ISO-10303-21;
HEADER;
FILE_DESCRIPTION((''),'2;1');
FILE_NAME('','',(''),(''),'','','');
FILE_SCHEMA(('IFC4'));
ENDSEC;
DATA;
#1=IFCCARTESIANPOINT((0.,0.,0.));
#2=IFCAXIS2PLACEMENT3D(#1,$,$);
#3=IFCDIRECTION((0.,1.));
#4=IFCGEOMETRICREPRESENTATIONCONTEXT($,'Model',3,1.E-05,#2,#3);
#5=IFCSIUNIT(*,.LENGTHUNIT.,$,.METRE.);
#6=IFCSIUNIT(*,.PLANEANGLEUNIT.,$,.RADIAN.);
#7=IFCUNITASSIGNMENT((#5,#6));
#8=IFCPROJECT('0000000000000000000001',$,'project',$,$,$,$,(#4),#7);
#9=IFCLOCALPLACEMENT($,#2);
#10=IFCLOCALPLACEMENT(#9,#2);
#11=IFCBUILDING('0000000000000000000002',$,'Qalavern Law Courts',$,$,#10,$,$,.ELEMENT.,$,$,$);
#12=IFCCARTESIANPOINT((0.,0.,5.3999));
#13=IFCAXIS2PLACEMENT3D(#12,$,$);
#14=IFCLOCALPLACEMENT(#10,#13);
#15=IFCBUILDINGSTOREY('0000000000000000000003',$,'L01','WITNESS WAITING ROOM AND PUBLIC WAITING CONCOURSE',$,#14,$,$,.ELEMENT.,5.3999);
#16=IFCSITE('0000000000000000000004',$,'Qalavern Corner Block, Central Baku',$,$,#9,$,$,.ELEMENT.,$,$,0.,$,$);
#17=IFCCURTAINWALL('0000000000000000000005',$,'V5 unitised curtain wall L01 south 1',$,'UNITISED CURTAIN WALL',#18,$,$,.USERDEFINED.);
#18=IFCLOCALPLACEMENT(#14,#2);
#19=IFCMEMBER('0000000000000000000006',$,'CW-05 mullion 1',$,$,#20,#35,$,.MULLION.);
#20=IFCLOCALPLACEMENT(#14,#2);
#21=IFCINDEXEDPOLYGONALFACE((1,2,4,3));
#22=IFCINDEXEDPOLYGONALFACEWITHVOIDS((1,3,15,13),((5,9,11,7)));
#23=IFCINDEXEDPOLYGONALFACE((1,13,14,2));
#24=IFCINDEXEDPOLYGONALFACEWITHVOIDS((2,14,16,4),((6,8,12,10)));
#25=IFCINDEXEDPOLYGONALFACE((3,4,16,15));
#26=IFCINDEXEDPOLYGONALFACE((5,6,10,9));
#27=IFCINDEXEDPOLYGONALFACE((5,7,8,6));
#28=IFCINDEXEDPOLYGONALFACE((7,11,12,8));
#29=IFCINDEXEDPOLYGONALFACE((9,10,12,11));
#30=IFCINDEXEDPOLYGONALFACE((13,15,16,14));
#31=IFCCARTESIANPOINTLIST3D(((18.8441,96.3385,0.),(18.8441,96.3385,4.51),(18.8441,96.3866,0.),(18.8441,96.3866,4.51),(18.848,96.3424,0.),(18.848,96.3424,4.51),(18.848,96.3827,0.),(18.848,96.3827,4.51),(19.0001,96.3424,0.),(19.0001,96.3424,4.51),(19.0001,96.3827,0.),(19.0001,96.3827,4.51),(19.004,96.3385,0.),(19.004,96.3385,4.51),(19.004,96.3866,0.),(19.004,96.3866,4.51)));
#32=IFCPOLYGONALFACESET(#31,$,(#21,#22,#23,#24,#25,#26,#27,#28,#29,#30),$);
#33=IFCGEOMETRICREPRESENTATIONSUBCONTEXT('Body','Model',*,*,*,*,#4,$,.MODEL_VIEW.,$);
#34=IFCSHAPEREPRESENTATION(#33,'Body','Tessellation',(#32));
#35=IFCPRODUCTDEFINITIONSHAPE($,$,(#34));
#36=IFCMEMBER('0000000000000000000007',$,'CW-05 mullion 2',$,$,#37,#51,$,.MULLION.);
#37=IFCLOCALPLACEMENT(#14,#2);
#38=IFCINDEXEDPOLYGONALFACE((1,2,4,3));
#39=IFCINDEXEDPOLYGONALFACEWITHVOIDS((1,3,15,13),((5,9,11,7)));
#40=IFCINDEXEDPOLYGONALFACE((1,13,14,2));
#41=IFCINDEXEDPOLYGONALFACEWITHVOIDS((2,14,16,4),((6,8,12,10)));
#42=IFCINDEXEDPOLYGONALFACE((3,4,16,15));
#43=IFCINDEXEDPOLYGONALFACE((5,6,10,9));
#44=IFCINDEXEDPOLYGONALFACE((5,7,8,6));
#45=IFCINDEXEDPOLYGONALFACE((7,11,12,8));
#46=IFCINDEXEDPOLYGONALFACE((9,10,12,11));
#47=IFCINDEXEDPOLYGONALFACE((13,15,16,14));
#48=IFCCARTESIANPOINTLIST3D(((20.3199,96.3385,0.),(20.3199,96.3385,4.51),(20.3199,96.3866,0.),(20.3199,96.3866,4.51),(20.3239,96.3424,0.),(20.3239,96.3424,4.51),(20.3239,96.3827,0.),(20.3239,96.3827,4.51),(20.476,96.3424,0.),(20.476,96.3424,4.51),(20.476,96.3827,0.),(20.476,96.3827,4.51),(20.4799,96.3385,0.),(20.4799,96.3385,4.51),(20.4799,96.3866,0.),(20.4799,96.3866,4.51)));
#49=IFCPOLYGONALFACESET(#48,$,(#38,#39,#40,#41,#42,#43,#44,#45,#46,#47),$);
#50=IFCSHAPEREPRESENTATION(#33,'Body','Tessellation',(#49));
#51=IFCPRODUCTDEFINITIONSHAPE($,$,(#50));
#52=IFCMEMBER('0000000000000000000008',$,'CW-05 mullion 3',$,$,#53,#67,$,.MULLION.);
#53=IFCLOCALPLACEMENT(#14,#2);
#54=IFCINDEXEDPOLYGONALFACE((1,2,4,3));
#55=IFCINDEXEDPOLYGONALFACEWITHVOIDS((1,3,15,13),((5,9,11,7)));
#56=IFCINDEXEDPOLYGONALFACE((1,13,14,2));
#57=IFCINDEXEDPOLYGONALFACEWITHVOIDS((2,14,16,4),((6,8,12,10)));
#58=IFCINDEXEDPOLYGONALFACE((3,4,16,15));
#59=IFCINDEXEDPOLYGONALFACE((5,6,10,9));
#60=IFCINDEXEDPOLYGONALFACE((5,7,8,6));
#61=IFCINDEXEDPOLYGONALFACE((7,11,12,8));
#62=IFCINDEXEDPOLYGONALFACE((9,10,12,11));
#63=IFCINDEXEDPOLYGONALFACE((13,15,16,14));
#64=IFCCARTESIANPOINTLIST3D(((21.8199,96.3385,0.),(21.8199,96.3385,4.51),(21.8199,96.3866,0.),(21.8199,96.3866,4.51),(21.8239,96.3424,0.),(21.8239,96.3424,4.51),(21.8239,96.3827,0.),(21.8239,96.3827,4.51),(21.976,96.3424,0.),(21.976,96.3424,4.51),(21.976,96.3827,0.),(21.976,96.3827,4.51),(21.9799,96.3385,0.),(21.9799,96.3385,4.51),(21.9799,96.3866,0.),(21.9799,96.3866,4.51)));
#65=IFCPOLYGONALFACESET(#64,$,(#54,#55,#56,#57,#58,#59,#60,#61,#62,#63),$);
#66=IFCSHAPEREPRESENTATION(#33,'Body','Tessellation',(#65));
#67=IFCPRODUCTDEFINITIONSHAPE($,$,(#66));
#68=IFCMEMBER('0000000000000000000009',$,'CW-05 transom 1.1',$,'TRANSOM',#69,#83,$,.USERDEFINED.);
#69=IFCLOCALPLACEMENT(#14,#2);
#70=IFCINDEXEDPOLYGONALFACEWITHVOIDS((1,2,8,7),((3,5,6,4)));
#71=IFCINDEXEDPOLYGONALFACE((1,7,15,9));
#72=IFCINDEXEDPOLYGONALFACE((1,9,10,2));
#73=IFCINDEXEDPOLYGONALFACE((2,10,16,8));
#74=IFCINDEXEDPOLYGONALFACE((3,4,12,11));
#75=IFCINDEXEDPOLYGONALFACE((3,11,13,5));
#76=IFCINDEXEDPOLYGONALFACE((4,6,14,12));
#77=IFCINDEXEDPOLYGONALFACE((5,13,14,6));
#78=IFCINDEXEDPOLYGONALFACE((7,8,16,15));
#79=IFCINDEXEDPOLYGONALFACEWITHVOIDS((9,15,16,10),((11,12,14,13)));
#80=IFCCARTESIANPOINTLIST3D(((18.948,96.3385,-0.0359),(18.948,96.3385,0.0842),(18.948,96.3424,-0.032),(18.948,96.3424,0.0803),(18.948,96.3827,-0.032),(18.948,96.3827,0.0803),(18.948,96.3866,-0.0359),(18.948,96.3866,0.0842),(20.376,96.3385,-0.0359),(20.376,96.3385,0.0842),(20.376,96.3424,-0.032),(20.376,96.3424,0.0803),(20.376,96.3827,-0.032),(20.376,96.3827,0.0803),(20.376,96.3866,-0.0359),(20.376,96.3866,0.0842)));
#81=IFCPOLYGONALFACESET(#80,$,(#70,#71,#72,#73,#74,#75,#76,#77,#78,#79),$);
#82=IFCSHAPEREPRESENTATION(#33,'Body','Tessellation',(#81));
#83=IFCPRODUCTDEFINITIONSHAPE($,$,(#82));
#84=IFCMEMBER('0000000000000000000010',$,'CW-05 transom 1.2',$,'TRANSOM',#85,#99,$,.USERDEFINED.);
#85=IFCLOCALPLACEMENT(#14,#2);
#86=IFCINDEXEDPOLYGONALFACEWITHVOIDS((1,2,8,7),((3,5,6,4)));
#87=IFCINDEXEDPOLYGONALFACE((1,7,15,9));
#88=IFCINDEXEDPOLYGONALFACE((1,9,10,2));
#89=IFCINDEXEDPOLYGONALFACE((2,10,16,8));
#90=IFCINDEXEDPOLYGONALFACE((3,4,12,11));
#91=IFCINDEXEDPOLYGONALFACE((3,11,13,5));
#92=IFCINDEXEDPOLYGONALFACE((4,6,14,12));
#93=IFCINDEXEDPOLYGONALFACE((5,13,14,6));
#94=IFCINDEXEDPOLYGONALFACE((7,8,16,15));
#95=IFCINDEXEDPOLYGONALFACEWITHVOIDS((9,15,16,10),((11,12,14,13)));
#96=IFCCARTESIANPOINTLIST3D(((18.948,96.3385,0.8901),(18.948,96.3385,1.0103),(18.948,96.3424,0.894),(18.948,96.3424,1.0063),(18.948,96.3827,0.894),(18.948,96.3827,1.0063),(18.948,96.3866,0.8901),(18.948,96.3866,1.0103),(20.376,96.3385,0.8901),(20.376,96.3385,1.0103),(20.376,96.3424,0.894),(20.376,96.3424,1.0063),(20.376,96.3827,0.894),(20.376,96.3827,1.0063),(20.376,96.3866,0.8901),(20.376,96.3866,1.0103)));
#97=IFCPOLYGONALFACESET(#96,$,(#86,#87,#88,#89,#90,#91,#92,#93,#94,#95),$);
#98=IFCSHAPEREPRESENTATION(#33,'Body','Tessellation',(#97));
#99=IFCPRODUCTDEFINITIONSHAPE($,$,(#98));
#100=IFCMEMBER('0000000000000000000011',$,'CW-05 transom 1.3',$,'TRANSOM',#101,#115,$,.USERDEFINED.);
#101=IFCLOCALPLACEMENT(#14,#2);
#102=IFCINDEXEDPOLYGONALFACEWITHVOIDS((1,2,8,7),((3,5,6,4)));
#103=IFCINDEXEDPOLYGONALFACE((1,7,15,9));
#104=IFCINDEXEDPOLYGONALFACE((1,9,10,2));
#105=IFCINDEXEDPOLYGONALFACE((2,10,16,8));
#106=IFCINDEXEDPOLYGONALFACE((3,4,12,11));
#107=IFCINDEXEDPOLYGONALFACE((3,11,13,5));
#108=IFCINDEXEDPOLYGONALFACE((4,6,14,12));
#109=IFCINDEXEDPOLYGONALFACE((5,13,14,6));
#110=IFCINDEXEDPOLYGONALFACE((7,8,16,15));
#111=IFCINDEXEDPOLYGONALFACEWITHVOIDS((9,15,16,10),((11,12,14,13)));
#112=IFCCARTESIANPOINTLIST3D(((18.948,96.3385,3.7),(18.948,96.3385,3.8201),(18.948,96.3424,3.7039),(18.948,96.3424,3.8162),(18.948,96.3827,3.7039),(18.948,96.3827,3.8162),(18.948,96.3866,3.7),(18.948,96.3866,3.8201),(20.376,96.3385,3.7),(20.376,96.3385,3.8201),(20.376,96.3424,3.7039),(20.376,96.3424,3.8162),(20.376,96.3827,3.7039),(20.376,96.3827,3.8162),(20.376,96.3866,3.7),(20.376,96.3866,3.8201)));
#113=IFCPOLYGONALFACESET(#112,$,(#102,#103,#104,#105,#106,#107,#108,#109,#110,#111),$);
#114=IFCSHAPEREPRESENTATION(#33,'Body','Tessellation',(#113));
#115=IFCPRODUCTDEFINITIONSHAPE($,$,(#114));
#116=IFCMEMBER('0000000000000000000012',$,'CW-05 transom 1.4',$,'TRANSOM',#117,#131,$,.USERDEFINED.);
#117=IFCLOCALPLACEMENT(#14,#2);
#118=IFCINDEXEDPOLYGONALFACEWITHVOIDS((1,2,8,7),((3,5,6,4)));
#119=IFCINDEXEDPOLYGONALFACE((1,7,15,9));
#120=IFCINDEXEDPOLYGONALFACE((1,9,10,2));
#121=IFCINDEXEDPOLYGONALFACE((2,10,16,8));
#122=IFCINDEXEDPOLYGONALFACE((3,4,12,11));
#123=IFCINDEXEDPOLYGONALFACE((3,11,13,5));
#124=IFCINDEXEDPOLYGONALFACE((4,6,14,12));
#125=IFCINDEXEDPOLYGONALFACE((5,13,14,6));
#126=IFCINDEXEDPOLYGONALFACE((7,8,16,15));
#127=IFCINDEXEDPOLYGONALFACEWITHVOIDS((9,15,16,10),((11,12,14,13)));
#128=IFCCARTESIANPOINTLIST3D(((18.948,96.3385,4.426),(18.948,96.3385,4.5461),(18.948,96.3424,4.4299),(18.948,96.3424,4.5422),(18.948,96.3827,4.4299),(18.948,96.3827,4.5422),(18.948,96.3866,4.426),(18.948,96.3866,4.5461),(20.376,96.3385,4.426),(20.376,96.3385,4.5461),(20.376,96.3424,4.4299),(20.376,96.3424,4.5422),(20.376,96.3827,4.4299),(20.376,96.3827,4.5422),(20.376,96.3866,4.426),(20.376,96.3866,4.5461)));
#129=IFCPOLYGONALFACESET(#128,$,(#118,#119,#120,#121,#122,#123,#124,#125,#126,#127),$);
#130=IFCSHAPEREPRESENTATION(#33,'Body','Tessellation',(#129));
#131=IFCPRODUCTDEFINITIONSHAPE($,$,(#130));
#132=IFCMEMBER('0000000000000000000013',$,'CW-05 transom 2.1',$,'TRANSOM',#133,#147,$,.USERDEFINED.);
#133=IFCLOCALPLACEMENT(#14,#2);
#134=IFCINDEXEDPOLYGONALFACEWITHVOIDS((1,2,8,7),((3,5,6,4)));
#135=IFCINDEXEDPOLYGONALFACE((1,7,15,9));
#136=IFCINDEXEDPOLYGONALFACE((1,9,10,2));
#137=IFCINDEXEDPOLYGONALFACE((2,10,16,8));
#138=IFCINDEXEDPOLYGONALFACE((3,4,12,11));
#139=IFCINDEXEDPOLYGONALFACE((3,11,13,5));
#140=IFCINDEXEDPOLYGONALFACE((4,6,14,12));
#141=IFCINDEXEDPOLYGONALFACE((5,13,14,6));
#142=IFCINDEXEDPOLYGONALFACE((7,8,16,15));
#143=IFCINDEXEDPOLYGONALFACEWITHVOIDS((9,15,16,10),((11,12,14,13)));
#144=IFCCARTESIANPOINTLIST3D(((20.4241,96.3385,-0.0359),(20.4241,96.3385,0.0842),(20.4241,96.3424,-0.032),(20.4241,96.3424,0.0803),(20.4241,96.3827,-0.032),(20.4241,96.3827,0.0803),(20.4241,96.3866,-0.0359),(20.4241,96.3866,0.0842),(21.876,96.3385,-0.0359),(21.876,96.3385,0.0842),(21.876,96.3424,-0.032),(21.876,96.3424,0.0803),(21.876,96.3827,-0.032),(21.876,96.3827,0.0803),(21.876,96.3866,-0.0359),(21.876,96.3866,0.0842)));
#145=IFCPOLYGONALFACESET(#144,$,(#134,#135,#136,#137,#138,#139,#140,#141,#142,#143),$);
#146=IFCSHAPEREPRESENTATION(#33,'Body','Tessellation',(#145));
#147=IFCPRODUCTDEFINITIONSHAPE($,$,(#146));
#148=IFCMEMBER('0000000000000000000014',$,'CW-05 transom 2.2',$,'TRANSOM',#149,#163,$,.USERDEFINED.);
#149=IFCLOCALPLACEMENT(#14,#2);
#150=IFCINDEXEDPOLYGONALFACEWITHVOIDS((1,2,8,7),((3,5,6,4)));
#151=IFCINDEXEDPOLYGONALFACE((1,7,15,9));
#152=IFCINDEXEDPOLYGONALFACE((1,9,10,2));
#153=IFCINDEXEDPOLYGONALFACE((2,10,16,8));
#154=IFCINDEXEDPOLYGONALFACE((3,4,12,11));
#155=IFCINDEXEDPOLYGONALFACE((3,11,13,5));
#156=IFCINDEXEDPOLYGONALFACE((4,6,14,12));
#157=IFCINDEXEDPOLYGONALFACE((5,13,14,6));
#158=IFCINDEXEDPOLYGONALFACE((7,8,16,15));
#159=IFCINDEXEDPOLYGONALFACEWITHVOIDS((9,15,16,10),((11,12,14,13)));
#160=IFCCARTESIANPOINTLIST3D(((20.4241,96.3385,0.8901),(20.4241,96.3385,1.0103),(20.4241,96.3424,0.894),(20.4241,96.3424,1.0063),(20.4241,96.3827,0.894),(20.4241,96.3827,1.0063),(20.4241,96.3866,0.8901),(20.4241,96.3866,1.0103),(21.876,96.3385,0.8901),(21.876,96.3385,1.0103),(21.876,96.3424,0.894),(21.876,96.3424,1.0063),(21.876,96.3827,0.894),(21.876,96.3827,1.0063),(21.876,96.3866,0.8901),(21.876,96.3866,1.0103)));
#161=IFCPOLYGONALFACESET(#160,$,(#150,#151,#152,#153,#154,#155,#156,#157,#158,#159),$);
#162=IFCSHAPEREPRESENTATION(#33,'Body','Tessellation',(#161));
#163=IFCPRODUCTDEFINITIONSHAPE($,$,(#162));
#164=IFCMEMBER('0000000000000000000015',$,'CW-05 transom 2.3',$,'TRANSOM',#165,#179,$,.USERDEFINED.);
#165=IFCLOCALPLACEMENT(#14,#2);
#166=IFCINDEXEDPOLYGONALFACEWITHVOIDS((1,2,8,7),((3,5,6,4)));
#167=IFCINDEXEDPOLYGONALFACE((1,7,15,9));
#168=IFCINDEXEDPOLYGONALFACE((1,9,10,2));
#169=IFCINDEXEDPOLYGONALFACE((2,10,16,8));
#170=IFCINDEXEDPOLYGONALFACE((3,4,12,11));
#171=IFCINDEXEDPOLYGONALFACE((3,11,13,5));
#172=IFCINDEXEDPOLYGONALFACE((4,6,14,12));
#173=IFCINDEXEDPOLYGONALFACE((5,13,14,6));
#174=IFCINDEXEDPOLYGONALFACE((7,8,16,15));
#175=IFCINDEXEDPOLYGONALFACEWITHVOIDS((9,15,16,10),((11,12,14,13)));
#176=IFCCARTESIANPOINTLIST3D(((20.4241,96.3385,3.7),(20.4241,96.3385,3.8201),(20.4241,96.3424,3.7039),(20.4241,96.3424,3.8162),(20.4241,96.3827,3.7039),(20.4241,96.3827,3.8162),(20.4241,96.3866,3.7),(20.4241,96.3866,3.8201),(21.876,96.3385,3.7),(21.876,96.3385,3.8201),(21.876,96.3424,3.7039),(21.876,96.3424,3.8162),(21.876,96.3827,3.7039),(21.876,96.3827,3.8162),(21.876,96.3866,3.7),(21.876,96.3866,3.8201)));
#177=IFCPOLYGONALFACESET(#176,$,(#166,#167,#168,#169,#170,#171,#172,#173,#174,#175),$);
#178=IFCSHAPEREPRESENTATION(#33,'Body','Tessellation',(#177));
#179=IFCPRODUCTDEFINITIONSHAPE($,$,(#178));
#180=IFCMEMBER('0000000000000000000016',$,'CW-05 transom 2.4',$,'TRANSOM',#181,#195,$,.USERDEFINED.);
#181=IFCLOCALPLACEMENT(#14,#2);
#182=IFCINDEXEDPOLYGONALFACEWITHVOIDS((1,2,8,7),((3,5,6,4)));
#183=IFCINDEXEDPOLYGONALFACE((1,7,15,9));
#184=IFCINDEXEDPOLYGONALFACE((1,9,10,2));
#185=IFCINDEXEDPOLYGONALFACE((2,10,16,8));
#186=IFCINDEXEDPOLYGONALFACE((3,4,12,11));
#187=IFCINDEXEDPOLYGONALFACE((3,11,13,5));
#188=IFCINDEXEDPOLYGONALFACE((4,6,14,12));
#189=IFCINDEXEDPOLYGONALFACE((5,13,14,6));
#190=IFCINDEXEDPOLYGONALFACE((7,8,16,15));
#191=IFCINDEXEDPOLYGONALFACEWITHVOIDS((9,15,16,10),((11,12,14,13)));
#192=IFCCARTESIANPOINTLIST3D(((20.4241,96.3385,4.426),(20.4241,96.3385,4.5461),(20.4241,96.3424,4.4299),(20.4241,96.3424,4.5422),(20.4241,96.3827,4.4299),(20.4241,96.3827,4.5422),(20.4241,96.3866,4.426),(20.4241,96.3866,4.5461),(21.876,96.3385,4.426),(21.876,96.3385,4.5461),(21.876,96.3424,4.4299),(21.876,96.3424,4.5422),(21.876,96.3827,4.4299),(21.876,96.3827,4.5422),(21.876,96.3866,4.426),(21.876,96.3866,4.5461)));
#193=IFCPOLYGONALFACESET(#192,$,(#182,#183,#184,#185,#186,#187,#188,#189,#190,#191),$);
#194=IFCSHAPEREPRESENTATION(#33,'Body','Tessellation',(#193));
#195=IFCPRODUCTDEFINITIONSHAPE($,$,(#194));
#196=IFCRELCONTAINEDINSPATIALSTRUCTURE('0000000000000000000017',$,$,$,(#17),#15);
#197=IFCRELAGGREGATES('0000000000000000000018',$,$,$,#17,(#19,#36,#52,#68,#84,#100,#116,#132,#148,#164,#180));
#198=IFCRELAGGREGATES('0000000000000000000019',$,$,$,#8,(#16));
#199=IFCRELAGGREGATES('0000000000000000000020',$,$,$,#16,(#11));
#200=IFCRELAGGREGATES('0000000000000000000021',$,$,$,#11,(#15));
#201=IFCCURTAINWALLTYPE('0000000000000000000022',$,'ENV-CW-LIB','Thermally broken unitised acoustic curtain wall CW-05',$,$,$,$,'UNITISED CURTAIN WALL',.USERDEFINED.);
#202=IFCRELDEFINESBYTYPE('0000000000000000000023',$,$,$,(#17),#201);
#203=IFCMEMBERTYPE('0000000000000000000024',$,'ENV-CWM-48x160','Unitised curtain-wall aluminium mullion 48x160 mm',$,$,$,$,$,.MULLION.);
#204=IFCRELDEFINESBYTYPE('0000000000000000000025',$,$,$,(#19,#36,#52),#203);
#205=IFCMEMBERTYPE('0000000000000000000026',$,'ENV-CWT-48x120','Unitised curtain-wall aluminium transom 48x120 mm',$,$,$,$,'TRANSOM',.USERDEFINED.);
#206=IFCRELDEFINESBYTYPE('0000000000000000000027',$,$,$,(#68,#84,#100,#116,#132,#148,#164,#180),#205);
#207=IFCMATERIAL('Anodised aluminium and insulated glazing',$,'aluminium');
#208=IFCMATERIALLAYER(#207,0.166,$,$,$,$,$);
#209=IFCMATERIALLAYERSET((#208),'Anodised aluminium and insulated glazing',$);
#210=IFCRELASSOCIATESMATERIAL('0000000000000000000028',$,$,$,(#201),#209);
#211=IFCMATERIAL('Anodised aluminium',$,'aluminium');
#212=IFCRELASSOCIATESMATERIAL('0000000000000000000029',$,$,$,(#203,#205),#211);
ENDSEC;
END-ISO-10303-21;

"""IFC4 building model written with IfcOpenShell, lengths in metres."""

from ifc_helpers import new_model, si_unit, direction, frame, origin, origin_2d, place, context, subcontext, project, spatial, hollow_rectangle, extrude, material, layer, layer_set, material_profile, profile_set, type_object, element, aggregate, save


model = new_model("IFC4")

# Units and contexts
model_context = context("Model", 3, precision=1e-05, world=origin(), true_north=direction((0.0, 1.0)))
body_context = subcontext(model_context, "Body", "Model", "MODEL_VIEW")
ifc_project = project(units=[si_unit("LENGTHUNIT", "METRE"), si_unit("PLANEANGLEUNIT", "RADIAN")], contexts=[model_context])

# Site, building, storey
site_placement = place(None, origin())
site = spatial("IfcSite", under=ifc_project, at=site_placement, Name="Qalavern Corner Block, Central Baku", CompositionType="ELEMENT", RefElevation=0.0)
building_placement = place(site_placement, origin())
building = spatial("IfcBuilding", under=site, at=building_placement, Name="Qalavern Law Courts", CompositionType="ELEMENT")
storey_placement = place(building_placement, frame((0.0, 0.0, 5.3999)))
storey = spatial("IfcBuildingStorey", under=building, at=storey_placement, Name="L01", Description="WITNESS WAITING ROOM AND PUBLIC WAITING CONCOURSE", CompositionType="ELEMENT", Elevation=5.3999)

# Curtain wall, members
ifc_material_1 = material(Name="Anodised aluminium and insulated glazing", Category="aluminium")
ifc_layer_1 = layer(ifc_material_1, 0.166)
ifc_layer_set_1 = layer_set([ifc_layer_1], Name="Anodised aluminium and insulated glazing")
curtain_wall_type = type_object("IfcCurtainWallType", Name="ENV-CW-LIB", Description="Thermally broken unitised acoustic curtain wall CW-05", ElementType="UNITISED CURTAIN WALL", PredefinedType="USERDEFINED", material=ifc_layer_set_1)
curtain_wall_placement = place(storey_placement, origin())
curtain_wall = element("IfcCurtainWall", 1, at=curtain_wall_placement, inside=storey, type_object=curtain_wall_type, Name="V5 unitised curtain wall L01 south 1", ObjectType="UNITISED CURTAIN WALL", PredefinedType="USERDEFINED")
ifc_material_2 = material(Name="Anodised aluminium", Category="aluminium")
ifc_material_profile_1 = material_profile(ifc_material_2, hollow_rectangle(XDim=0.0481, YDim=0.1599, WallThickness=0.0039, at=origin_2d()), Name="ALU MULLION 48x160")
ifc_profile_set_1 = profile_set([ifc_material_profile_1], Name="Anodised aluminium")
member_type_1 = type_object("IfcMemberType", Name="ENV-CWM-48x160", Description="Unitised curtain-wall aluminium mullion 48x160 mm", PredefinedType="MULLION", material=ifc_profile_set_1)
member_1_placement = place(storey_placement, frame((18.9241, 96.3625, 0.0), z_axis=(0.0, 0.0, 1.0), x_axis=(0.0, 1.0, 0.0)))
member_1 = element("IfcMember", 2, at=member_1_placement, type_object=member_type_1, Name="CW-05 mullion 1", PredefinedType="MULLION", context=body_context, shape_type="SweptSolid", body=[
    extrude(hollow_rectangle(XDim=0.0481, YDim=0.1599, WallThickness=0.0039, at=origin_2d()), origin(), (0.0, 0.0, 1.0), 4.51),
])
member_2_placement = place(storey_placement, frame((20.3999, 96.3625, 0.0), z_axis=(0.0, 0.0, 1.0), x_axis=(0.0, 1.0, 0.0)))
member_2 = element("IfcMember", 3, at=member_2_placement, type_object=member_type_1, Name="CW-05 mullion 2", PredefinedType="MULLION", context=body_context, shape_type="SweptSolid", body=[
    extrude(hollow_rectangle(XDim=0.0481, YDim=0.1599, WallThickness=0.0039, at=origin_2d()), origin(), (0.0, 0.0, 1.0), 4.51),
])
member_3_placement = place(storey_placement, frame((21.8999, 96.3625, 0.0), z_axis=(0.0, 0.0, 1.0), x_axis=(0.0, 1.0, 0.0)))
member_3 = element("IfcMember", 4, at=member_3_placement, type_object=member_type_1, Name="CW-05 mullion 3", PredefinedType="MULLION", context=body_context, shape_type="SweptSolid", body=[
    extrude(hollow_rectangle(XDim=0.0481, YDim=0.1599, WallThickness=0.0039, at=origin_2d()), origin(), (0.0, 0.0, 1.0), 4.51),
])
ifc_material_profile_2 = material_profile(ifc_material_2, hollow_rectangle(XDim=0.0481, YDim=0.1201, WallThickness=0.0039, at=origin_2d()), Name="ALU TRANSOM 48x120")
ifc_profile_set_2 = profile_set([ifc_material_profile_2], Name="Anodised aluminium")
member_type_2 = type_object("IfcMemberType", Name="ENV-CWT-48x120", Description="Unitised curtain-wall aluminium transom 48x120 mm", ElementType="TRANSOM", PredefinedType="USERDEFINED", material=ifc_profile_set_2)
member_4_placement = place(storey_placement, frame((18.948, 96.3625, 0.0242), z_axis=(1.0, 0.0, 0.0), x_axis=(0.0, 1.0, 0.0)))
member_4 = element("IfcMember", 5, at=member_4_placement, type_object=member_type_2, Name="CW-05 transom 1.1", ObjectType="TRANSOM", PredefinedType="USERDEFINED", context=body_context, shape_type="SweptSolid", body=[
    extrude(hollow_rectangle(XDim=0.0481, YDim=0.1201, WallThickness=0.0039, at=origin_2d()), origin(), (0.0, 0.0, 1.0), 1.428),
])
member_5_placement = place(storey_placement, frame((18.948, 96.3625, 0.9502), z_axis=(1.0, 0.0, 0.0), x_axis=(0.0, 1.0, 0.0)))
member_5 = element("IfcMember", 6, at=member_5_placement, type_object=member_type_2, Name="CW-05 transom 1.2", ObjectType="TRANSOM", PredefinedType="USERDEFINED", context=body_context, shape_type="SweptSolid", body=[
    extrude(hollow_rectangle(XDim=0.0481, YDim=0.1201, WallThickness=0.0039, at=origin_2d()), origin(), (0.0, 0.0, 1.0), 1.428),
])
member_6_placement = place(storey_placement, frame((18.948, 96.3625, 3.76), z_axis=(1.0, 0.0, 0.0), x_axis=(0.0, 1.0, 0.0)))
member_6 = element("IfcMember", 7, at=member_6_placement, type_object=member_type_2, Name="CW-05 transom 1.3", ObjectType="TRANSOM", PredefinedType="USERDEFINED", context=body_context, shape_type="SweptSolid", body=[
    extrude(hollow_rectangle(XDim=0.0481, YDim=0.1201, WallThickness=0.0039, at=origin_2d()), origin(), (0.0, 0.0, 1.0), 1.428),
])
member_7_placement = place(storey_placement, frame((18.948, 96.3625, 4.4861), z_axis=(1.0, 0.0, 0.0), x_axis=(0.0, 1.0, 0.0)))
member_7 = element("IfcMember", 8, at=member_7_placement, type_object=member_type_2, Name="CW-05 transom 1.4", ObjectType="TRANSOM", PredefinedType="USERDEFINED", context=body_context, shape_type="SweptSolid", body=[
    extrude(hollow_rectangle(XDim=0.0481, YDim=0.1201, WallThickness=0.0039, at=origin_2d()), origin(), (0.0, 0.0, 1.0), 1.428),
])
member_8_placement = place(storey_placement, frame((20.4241, 96.3625, 0.0242), z_axis=(1.0, 0.0, 0.0), x_axis=(0.0, 1.0, 0.0)))
member_8 = element("IfcMember", 9, at=member_8_placement, type_object=member_type_2, Name="CW-05 transom 2.1", ObjectType="TRANSOM", PredefinedType="USERDEFINED", context=body_context, shape_type="SweptSolid", body=[
    extrude(hollow_rectangle(XDim=0.0481, YDim=0.1201, WallThickness=0.0039, at=origin_2d()), origin(), (0.0, 0.0, 1.0), 1.4519),
])
member_9_placement = place(storey_placement, frame((20.4241, 96.3625, 0.9502), z_axis=(1.0, 0.0, 0.0), x_axis=(0.0, 1.0, 0.0)))
member_9 = element("IfcMember", 10, at=member_9_placement, type_object=member_type_2, Name="CW-05 transom 2.2", ObjectType="TRANSOM", PredefinedType="USERDEFINED", context=body_context, shape_type="SweptSolid", body=[
    extrude(hollow_rectangle(XDim=0.0481, YDim=0.1201, WallThickness=0.0039, at=origin_2d()), origin(), (0.0, 0.0, 1.0), 1.4519),
])
member_10_placement = place(storey_placement, frame((20.4241, 96.3625, 3.76), z_axis=(1.0, 0.0, 0.0), x_axis=(0.0, 1.0, 0.0)))
member_10 = element("IfcMember", 11, at=member_10_placement, type_object=member_type_2, Name="CW-05 transom 2.3", ObjectType="TRANSOM", PredefinedType="USERDEFINED", context=body_context, shape_type="SweptSolid", body=[
    extrude(hollow_rectangle(XDim=0.0481, YDim=0.1201, WallThickness=0.0039, at=origin_2d()), origin(), (0.0, 0.0, 1.0), 1.4519),
])
member_11_placement = place(storey_placement, frame((20.4241, 96.3625, 4.4861), z_axis=(1.0, 0.0, 0.0), x_axis=(0.0, 1.0, 0.0)))
member_11 = element("IfcMember", 12, at=member_11_placement, type_object=member_type_2, Name="CW-05 transom 2.4", ObjectType="TRANSOM", PredefinedType="USERDEFINED", context=body_context, shape_type="SweptSolid", body=[
    extrude(hollow_rectangle(XDim=0.0481, YDim=0.1201, WallThickness=0.0039, at=origin_2d()), origin(), (0.0, 0.0, 1.0), 1.4519),
])
aggregate(curtain_wall, [member_1, member_2, member_3, member_4, member_5, member_6, member_7, member_8, member_9, member_10, member_11])

save(model, "model.ifc")
